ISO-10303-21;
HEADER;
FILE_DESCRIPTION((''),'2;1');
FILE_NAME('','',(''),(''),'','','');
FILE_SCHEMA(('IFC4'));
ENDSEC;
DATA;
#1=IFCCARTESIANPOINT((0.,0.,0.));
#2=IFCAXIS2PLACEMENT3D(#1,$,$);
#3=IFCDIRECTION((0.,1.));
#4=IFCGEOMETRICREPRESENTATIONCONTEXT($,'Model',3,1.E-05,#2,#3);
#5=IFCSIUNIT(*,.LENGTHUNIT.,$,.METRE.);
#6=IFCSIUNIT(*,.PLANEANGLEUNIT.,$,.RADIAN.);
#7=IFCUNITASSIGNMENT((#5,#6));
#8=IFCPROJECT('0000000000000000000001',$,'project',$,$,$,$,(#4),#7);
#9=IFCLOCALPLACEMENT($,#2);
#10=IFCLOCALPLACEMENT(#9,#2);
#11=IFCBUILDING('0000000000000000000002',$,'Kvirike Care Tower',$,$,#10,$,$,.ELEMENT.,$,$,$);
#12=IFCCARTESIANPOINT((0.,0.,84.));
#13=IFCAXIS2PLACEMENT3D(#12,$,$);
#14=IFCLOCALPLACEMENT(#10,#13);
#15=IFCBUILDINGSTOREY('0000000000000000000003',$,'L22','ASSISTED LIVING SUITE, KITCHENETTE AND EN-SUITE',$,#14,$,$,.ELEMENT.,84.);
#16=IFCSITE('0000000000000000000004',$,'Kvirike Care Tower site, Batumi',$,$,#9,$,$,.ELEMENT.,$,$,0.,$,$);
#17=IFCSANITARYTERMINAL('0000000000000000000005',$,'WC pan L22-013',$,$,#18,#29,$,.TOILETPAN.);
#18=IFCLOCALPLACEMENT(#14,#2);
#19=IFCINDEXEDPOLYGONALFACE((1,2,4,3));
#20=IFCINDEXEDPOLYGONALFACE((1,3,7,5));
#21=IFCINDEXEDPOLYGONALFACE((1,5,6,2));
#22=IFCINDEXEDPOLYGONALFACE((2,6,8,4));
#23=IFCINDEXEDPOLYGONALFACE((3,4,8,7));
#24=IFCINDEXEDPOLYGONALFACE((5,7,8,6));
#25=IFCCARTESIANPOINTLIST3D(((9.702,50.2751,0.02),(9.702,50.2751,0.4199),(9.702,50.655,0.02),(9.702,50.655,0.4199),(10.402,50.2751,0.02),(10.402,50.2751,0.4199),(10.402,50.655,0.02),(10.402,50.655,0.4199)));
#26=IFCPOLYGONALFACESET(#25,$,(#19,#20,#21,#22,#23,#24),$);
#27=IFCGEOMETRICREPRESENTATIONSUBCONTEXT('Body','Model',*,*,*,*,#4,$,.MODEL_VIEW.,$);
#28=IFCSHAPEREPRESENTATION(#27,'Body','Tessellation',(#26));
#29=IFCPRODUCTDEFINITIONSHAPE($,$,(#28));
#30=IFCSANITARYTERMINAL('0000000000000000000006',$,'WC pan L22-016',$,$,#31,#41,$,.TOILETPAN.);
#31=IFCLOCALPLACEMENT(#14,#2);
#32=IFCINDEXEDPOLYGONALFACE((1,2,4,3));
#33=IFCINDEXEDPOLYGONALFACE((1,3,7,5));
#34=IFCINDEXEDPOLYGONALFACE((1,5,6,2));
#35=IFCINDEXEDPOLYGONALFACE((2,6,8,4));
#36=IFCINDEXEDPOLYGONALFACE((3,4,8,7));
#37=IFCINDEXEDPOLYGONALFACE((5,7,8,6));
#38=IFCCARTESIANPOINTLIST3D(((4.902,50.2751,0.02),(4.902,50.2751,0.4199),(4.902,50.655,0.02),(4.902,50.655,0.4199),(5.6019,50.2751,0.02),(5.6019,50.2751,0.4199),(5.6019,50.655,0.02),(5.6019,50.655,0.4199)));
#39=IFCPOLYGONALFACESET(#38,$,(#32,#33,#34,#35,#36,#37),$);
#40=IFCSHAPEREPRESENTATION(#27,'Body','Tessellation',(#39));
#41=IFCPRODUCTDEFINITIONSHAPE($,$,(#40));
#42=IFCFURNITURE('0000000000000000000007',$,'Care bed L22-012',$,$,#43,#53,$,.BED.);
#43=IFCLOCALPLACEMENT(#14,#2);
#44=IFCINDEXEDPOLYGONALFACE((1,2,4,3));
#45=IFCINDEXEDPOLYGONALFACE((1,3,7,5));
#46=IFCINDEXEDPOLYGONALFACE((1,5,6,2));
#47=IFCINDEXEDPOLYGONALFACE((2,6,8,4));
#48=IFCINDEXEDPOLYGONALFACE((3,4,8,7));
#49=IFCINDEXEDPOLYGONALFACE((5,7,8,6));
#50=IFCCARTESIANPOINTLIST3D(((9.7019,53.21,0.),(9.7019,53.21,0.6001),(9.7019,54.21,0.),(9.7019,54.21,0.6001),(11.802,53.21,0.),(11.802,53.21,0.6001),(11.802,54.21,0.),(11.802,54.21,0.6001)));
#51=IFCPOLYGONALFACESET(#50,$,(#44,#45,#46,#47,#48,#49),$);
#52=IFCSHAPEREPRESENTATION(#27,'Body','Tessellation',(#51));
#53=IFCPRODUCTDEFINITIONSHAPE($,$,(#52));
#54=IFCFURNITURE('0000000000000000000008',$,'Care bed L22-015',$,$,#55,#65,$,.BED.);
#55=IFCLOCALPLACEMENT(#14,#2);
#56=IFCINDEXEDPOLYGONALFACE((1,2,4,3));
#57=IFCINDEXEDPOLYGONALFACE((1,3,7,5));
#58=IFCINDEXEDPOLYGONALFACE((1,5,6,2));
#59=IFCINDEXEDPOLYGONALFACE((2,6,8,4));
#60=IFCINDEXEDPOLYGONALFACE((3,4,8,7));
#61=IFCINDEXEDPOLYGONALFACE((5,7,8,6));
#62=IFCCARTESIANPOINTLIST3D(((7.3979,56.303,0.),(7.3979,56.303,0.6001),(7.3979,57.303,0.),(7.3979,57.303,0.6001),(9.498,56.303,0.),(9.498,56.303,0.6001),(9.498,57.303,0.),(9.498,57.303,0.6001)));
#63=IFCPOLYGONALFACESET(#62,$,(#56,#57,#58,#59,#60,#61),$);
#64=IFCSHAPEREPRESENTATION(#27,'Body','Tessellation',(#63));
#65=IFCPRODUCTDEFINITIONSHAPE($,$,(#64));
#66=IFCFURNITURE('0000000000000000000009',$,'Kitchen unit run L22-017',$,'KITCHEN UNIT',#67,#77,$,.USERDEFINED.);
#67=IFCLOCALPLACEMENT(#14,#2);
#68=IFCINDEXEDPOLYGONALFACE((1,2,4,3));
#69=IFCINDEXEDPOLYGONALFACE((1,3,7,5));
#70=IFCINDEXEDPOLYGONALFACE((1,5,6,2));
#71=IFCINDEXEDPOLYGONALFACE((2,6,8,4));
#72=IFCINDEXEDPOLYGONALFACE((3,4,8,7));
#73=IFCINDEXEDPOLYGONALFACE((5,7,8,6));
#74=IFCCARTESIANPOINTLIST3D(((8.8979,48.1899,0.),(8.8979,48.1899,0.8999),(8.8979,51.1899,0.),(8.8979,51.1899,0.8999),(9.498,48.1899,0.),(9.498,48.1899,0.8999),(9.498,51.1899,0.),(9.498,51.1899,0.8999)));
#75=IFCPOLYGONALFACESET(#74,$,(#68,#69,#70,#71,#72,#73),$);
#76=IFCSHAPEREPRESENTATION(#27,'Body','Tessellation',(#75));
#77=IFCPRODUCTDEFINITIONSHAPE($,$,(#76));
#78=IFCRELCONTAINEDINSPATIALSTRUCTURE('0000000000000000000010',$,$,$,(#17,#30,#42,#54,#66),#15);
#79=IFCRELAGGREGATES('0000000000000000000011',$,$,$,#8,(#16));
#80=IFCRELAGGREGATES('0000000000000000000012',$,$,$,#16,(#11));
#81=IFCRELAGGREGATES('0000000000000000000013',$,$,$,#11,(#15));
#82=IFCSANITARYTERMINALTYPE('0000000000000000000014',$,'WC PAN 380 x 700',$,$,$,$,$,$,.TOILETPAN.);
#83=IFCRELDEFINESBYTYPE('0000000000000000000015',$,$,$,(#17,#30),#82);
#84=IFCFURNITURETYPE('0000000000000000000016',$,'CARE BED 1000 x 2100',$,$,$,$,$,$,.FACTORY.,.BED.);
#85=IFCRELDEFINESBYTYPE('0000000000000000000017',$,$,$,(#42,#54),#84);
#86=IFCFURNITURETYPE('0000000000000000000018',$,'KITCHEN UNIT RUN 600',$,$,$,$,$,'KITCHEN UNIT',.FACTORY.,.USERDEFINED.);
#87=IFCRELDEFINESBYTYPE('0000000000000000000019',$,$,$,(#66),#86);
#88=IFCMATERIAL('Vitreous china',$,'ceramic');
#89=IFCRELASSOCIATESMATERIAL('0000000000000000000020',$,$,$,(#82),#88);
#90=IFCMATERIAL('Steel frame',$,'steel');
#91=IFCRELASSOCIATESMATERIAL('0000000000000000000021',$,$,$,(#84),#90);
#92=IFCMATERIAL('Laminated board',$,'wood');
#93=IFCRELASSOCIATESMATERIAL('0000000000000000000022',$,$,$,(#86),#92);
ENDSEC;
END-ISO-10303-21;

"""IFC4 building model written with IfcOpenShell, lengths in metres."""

from ifc_helpers import new_model, si_unit, direction, frame, origin, origin_2d, place, context, subcontext, project, spatial, rectangle, extrude, material, type_object, element, save


model = new_model("IFC4")

# Units and contexts
model_context = context("Model", 3, precision=1e-05, world=origin(), true_north=direction((0.0, 1.0)))
body_context = subcontext(model_context, "Body", "Model", "MODEL_VIEW")
ifc_project = project(units=[si_unit("LENGTHUNIT", "METRE"), si_unit("PLANEANGLEUNIT", "RADIAN")], contexts=[model_context])

# Site, building, storey
site_placement = place(None, origin())
site = spatial("IfcSite", under=ifc_project, at=site_placement, Name="Kvirike Care Tower site, Batumi", CompositionType="ELEMENT", RefElevation=0.0)
building_placement = place(site_placement, origin())
building = spatial("IfcBuilding", under=site, at=building_placement, Name="Kvirike Care Tower", CompositionType="ELEMENT")
storey_placement = place(building_placement, frame((0.0, 0.0, 84.0)))
storey = spatial("IfcBuildingStorey", under=building, at=storey_placement, Name="L22", Description="ASSISTED LIVING SUITE, KITCHENETTE AND EN-SUITE", CompositionType="ELEMENT", Elevation=84.0)

# Sanitary terminals
ifc_material_1 = material(Name="Vitreous china", Category="ceramic")
sanitary_terminal_type_1 = type_object("IfcSanitaryTerminalType", Name="WC PAN 380 x 700", PredefinedType="TOILETPAN", material=ifc_material_1)
for number, where, z_axis, x_axis, name in (
    (1, (10.052, 50.4651, 0.02), (0.0, 0.0, 1.0), (0.0, 1.0, 0.0), "WC pan L22-013"),
    (2, (5.252, 50.4651, 0.02), (0.0, 0.0, 1.0), (0.0, 1.0, 0.0), "WC pan L22-016"),
):
    element("IfcSanitaryTerminal", number, at=place(storey_placement, frame(where, z_axis=z_axis, x_axis=x_axis)), inside=storey, type_object=sanitary_terminal_type_1, Name=name, PredefinedType="TOILETPAN", context=body_context, shape_type="SweptSolid", body=[
        extrude(rectangle(XDim=0.3799, YDim=0.7, at=origin_2d()), origin(), (0.0, 0.0, 1.0), 0.3999),
    ])

# Furniture
ifc_material_2 = material(Name="Steel frame", Category="steel")
furniture_type_1 = type_object("IfcFurnitureType", Name="CARE BED 1000 x 2100", AssemblyPlace="FACTORY", PredefinedType="BED", material=ifc_material_2)
for number, where, z_axis, x_axis, name in (
    (3, (10.752, 53.71, 0.0), (0.0, 0.0, 1.0), (0.0, 1.0, 0.0), "Care bed L22-012"),
    (4, (8.448, 56.803, 0.0), (0.0, 0.0, 1.0), (0.0, -1.0, 0.0), "Care bed L22-015"),
):
    element("IfcFurniture", number, at=place(storey_placement, frame(where, z_axis=z_axis, x_axis=x_axis)), inside=storey, type_object=furniture_type_1, Name=name, PredefinedType="BED", context=body_context, shape_type="SweptSolid", body=[
        extrude(rectangle(XDim=1.0, YDim=2.1001, at=origin_2d()), origin(), (0.0, 0.0, 1.0), 0.6001),
    ])
ifc_material_3 = material(Name="Laminated board", Category="wood")
furniture_type_2 = type_object("IfcFurnitureType", Name="KITCHEN UNIT RUN 600", ElementType="KITCHEN UNIT", AssemblyPlace="FACTORY", PredefinedType="USERDEFINED", material=ifc_material_3)
furniture_placement = place(storey_placement, frame((9.198, 49.6899, 0.0), z_axis=(0.0, 0.0, 1.0), x_axis=(0.0, -1.0, 0.0)))
element("IfcFurniture", 5, at=furniture_placement, inside=storey, type_object=furniture_type_2, Name="Kitchen unit run L22-017", ObjectType="KITCHEN UNIT", PredefinedType="USERDEFINED", context=body_context, shape_type="SweptSolid", body=[
    extrude(rectangle(XDim=3.0, YDim=0.6001, at=origin_2d()), origin(), (0.0, 0.0, 1.0), 0.8999),
])

save(model, "model.ifc")
